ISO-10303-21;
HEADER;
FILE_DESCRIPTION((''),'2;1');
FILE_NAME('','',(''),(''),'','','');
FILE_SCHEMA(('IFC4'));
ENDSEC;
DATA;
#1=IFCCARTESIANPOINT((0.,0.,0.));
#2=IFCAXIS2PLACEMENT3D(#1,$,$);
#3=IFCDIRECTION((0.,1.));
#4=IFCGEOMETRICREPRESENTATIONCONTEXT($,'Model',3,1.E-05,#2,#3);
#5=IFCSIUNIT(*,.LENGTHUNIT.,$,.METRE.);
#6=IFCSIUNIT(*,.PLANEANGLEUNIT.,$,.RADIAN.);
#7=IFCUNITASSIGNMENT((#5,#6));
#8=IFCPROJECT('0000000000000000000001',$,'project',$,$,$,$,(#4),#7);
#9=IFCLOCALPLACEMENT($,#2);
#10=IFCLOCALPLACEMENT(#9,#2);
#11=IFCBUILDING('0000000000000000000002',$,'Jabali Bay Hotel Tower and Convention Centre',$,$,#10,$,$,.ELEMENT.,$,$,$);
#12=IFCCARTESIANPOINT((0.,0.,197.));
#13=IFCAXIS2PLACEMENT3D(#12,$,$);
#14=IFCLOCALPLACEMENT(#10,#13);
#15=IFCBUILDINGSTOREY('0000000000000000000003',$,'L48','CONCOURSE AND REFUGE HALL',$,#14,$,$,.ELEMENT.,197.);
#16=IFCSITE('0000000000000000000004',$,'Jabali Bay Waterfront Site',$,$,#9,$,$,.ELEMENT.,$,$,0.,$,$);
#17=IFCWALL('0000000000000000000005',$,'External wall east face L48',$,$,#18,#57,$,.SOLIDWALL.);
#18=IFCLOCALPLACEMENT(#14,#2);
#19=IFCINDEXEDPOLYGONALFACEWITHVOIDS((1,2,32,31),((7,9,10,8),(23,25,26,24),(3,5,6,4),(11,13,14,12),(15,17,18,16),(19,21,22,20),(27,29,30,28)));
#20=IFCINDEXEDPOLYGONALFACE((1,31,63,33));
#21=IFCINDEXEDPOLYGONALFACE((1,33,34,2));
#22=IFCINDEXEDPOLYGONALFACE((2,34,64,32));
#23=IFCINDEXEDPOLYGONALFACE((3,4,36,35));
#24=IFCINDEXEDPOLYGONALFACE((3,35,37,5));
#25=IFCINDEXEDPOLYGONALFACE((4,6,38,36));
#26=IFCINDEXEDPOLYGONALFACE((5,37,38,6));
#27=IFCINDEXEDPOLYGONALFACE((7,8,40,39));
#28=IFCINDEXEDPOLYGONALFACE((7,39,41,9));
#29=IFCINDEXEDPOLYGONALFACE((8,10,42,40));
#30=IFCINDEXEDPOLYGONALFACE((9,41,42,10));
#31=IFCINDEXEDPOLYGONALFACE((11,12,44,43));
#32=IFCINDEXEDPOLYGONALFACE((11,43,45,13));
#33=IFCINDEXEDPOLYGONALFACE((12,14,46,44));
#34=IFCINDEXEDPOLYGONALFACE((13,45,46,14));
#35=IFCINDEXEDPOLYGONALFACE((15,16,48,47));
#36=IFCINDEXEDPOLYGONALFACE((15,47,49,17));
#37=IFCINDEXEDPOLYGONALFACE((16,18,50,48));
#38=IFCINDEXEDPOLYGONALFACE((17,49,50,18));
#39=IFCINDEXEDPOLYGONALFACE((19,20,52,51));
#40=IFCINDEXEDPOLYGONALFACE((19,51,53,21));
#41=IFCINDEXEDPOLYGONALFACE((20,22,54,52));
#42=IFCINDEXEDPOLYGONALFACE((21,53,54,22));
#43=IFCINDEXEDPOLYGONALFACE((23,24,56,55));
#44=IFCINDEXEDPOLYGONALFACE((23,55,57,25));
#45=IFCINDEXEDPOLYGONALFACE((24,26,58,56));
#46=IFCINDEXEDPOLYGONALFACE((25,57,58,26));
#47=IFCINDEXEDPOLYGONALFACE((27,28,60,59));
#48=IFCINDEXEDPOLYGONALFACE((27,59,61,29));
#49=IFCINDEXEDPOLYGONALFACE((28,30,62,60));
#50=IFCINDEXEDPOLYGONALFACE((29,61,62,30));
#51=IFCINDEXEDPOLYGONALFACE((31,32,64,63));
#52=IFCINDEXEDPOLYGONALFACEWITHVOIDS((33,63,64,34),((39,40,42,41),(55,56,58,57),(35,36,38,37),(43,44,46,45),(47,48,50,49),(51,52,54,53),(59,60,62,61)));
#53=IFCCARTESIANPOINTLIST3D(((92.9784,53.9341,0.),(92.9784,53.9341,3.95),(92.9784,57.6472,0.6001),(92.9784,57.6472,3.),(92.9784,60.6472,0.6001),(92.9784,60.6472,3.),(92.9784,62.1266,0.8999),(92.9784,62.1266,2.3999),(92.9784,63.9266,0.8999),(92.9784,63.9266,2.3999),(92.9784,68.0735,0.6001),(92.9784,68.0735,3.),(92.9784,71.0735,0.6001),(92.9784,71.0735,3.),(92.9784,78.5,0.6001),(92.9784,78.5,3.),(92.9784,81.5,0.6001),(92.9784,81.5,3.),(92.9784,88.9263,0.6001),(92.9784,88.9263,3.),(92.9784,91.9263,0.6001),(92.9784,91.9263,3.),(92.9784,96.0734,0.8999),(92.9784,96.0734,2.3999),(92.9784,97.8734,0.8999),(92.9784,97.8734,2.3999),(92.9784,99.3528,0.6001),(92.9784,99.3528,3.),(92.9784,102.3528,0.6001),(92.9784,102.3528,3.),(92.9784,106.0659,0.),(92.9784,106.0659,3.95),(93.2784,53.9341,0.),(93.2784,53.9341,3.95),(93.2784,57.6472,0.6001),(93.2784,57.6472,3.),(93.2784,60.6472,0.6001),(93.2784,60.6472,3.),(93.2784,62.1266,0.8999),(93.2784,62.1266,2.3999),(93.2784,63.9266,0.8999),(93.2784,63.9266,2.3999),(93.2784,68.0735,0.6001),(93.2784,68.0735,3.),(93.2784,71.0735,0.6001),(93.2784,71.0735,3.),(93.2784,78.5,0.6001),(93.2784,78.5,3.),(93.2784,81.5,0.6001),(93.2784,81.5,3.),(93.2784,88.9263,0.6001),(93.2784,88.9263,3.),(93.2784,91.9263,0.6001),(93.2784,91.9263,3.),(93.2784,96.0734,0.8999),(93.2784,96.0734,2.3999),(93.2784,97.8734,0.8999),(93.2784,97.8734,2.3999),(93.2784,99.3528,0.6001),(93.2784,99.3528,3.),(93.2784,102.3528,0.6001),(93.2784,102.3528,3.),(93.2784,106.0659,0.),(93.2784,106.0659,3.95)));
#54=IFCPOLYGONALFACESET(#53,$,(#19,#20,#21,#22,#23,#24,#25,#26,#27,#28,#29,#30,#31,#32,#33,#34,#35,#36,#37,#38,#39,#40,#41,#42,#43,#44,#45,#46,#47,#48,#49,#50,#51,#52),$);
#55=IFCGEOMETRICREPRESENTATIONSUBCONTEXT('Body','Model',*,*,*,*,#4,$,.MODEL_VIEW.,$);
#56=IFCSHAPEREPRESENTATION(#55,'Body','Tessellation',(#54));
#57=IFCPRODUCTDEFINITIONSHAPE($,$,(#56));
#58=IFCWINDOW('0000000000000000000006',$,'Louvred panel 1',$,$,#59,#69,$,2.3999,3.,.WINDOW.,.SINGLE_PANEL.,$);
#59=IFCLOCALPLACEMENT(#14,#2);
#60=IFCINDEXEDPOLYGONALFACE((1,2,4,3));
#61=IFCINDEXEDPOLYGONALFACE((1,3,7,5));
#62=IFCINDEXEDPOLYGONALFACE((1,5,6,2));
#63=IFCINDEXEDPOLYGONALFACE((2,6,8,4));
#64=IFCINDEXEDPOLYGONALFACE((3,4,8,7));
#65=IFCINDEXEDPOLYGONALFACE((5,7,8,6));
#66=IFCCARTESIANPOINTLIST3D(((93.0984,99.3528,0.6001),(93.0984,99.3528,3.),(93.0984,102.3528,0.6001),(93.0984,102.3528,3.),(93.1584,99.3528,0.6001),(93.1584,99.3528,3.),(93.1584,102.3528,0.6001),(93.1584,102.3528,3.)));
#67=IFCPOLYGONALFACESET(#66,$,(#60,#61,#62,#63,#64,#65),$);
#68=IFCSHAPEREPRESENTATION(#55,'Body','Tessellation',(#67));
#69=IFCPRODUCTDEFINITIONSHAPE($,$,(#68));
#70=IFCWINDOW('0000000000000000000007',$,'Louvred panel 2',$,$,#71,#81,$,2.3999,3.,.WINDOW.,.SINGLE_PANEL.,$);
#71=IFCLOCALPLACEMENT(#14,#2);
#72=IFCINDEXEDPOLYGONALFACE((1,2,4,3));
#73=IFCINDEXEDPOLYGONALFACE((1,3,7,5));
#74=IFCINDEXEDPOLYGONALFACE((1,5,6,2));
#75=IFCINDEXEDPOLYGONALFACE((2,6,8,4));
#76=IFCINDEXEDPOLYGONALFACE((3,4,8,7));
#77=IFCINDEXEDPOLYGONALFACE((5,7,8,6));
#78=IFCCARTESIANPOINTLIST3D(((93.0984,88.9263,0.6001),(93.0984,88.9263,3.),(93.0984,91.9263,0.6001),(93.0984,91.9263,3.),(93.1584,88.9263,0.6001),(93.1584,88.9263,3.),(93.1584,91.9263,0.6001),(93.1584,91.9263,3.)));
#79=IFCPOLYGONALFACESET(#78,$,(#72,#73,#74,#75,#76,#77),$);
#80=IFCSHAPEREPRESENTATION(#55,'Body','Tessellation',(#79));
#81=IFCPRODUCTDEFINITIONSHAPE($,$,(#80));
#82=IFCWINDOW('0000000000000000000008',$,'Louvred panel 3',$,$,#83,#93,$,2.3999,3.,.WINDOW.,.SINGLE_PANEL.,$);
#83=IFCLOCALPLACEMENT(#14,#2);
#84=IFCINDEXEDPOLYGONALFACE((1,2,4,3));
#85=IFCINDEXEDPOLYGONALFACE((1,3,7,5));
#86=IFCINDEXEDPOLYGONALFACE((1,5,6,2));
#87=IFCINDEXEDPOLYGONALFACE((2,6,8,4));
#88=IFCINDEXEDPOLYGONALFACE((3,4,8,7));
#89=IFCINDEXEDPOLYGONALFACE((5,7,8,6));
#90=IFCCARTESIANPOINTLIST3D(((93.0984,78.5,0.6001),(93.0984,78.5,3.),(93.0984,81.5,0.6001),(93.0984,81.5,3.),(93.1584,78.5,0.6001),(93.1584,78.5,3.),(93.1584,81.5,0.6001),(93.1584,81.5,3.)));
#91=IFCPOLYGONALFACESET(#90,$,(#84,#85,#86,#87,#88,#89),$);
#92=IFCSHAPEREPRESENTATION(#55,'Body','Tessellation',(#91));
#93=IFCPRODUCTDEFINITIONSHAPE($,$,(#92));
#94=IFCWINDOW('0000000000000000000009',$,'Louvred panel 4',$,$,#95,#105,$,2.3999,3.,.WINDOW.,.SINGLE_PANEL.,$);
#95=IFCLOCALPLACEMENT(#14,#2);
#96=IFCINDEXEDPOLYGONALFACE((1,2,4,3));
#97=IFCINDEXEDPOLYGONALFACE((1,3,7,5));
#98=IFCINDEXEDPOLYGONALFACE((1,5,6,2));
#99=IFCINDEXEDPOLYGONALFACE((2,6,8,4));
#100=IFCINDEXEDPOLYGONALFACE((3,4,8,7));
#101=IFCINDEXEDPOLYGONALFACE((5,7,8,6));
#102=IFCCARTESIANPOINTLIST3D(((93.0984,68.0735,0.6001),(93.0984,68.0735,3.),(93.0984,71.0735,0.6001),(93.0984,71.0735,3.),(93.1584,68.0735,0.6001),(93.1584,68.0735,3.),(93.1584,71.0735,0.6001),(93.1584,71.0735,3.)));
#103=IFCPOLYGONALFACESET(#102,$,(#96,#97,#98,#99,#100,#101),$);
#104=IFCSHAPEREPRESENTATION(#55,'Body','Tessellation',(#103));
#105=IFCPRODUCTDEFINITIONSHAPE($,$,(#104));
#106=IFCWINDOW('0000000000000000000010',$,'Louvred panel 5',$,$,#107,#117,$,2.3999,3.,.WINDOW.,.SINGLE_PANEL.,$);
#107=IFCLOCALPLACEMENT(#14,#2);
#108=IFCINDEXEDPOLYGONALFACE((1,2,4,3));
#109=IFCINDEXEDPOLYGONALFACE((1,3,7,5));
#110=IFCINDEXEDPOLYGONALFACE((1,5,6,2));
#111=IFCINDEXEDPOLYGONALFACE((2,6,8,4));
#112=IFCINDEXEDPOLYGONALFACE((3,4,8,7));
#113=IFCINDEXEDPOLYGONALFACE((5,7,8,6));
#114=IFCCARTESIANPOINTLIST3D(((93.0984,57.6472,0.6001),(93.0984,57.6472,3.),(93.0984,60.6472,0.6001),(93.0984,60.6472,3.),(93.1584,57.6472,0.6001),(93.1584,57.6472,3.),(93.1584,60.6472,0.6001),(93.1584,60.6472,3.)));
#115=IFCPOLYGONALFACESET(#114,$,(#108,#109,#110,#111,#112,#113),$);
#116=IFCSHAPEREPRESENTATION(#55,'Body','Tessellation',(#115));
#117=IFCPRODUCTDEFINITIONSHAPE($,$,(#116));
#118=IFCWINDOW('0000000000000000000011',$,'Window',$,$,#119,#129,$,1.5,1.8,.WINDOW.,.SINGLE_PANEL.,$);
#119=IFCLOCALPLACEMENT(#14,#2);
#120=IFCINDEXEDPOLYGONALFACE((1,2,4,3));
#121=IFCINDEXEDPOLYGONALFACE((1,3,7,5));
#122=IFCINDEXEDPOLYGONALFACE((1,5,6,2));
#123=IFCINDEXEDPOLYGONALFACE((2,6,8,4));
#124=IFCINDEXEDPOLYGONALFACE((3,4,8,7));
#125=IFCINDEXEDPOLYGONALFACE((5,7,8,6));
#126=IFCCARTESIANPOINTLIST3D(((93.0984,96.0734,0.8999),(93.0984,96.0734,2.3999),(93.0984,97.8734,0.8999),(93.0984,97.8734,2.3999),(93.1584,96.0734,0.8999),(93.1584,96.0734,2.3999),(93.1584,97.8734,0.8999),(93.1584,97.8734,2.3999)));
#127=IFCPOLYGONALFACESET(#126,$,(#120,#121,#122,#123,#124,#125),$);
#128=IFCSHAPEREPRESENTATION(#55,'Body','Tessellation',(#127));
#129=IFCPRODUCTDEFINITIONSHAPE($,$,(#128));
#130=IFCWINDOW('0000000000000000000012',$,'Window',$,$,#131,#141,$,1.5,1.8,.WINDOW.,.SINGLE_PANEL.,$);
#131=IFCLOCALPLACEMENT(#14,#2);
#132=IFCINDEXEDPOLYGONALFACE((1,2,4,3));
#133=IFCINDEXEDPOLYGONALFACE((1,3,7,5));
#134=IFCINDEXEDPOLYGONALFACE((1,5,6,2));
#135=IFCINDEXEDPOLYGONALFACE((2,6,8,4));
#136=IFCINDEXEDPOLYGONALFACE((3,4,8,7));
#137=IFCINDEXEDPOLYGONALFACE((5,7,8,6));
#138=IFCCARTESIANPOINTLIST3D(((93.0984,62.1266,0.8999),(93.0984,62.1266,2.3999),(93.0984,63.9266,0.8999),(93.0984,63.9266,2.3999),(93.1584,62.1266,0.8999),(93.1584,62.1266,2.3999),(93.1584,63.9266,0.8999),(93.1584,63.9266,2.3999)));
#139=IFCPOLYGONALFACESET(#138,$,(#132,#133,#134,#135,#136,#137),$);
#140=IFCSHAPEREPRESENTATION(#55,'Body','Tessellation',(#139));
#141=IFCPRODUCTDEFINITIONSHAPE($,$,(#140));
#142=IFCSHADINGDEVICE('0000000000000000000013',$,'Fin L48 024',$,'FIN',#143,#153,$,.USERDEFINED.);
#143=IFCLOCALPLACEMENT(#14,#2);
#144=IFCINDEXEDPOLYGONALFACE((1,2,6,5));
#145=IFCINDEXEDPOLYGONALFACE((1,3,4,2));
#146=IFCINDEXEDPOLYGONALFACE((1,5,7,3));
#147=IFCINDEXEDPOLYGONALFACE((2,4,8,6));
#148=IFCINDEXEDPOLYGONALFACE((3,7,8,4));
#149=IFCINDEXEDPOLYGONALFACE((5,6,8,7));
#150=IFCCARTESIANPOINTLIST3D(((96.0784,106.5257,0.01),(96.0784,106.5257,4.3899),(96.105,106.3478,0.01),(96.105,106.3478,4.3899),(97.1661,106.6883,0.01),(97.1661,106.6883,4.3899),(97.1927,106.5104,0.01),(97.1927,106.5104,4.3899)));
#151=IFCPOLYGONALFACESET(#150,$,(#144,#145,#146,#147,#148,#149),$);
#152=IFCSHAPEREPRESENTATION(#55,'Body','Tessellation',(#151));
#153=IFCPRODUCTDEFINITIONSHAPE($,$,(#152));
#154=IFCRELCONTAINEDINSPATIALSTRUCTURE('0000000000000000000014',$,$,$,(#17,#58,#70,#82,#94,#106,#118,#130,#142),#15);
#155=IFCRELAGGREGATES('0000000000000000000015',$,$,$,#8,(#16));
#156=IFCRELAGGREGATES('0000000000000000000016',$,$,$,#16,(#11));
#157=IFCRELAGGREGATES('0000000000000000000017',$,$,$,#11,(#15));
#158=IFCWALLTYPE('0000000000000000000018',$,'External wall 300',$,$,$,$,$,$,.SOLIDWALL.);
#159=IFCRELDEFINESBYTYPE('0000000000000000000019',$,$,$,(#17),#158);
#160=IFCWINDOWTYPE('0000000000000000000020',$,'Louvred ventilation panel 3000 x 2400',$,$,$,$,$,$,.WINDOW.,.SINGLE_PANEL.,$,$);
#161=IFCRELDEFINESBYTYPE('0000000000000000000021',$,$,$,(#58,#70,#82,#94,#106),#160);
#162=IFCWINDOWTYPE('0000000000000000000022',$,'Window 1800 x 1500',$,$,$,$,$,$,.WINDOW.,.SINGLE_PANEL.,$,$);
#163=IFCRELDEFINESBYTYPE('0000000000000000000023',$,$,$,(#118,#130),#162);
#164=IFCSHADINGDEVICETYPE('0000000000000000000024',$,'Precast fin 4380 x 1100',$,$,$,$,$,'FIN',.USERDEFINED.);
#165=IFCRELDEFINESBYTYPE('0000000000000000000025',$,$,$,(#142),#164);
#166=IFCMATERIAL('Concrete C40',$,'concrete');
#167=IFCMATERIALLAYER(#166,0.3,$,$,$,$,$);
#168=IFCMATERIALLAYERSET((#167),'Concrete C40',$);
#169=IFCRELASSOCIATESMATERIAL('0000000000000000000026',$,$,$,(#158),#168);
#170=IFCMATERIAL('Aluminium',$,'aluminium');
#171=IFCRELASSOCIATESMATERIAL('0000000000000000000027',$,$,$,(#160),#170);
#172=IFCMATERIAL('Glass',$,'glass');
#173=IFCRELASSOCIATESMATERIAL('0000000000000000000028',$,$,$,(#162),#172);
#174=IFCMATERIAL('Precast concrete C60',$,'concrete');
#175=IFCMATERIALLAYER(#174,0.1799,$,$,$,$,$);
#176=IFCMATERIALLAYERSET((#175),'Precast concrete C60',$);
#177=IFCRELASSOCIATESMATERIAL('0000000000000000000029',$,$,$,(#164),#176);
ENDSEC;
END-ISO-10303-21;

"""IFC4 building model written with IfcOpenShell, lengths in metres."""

from ifc_helpers import new_model, si_unit, direction, frame, frame_2d, origin, place, context, subcontext, project, spatial, rectangle, extrude, material, layer, layer_set, type_object, element, fill, save


model = new_model("IFC4")

# Units and contexts
model_context = context("Model", 3, precision=1e-05, world=origin(), true_north=direction((0.0, 1.0)))
body_context = subcontext(model_context, "Body", "Model", "MODEL_VIEW")
ifc_project = project(units=[si_unit("LENGTHUNIT", "METRE"), si_unit("PLANEANGLEUNIT", "RADIAN")], contexts=[model_context])

# Site, building, storey
site_placement = place(None, origin())
site = spatial("IfcSite", under=ifc_project, at=site_placement, Name="Jabali Bay Waterfront Site", CompositionType="ELEMENT", RefElevation=0.0)
building_placement = place(site_placement, origin())
building = spatial("IfcBuilding", under=site, at=building_placement, Name="Jabali Bay Hotel Tower and Convention Centre", CompositionType="ELEMENT")
storey_placement = place(building_placement, frame((0.0, 0.0, 197.0)))
storey = spatial("IfcBuildingStorey", under=building, at=storey_placement, Name="L48", Description="CONCOURSE AND REFUGE HALL", CompositionType="ELEMENT", Elevation=197.0)

# Wall, openings, windows
ifc_material_1 = material(Name="Concrete C40", Category="concrete")
ifc_layer_1 = layer(ifc_material_1, 0.3)
ifc_layer_set_1 = layer_set([ifc_layer_1], Name="Concrete C40")
wall_type = type_object("IfcWallType", Name="External wall 300", PredefinedType="SOLIDWALL", material=ifc_layer_set_1)
wall_placement = place(storey_placement, frame((93.1284, 106.0659, 0.0), z_axis=(0.0, 0.0, 1.0), x_axis=(0.0, -1.0, 0.0)))
wall = element("IfcWall", 1, at=wall_placement, inside=storey, type_object=wall_type, Name="External wall east face L48", PredefinedType="SOLIDWALL", context=body_context, shape_type="SweptSolid", body=[
    extrude(rectangle(XDim=52.1318, YDim=0.3, at=frame_2d((26.0659, 0.0))), origin(), (0.0, 0.0, 1.0), 3.95),
])
opening_1_placement = place(wall_placement, frame((8.1926, 0.0, 0.8999)))
opening_1 = element("IfcOpeningElement", 2, at=opening_1_placement, cuts=wall, PredefinedType="OPENING", context=body_context, shape_type="SweptSolid", body=[
    extrude(rectangle(XDim=1.8, YDim=1.5, at=frame_2d((0.8999, 0.75))), frame((0.0, 0.1606, 0.0), z_axis=(0.0, -1.0, 0.0), x_axis=(1.0, 0.0, 0.0)), (0.0, 0.0, 1.0), 0.321),
])
opening_2_placement = place(wall_placement, frame((42.1394, 0.0, 0.8999)))
opening_2 = element("IfcOpeningElement", 3, at=opening_2_placement, cuts=wall, PredefinedType="OPENING", context=body_context, shape_type="SweptSolid", body=[
    extrude(rectangle(XDim=1.8, YDim=1.5, at=frame_2d((0.8999, 0.75))), frame((0.0, 0.1606, 0.0), z_axis=(0.0, -1.0, 0.0), x_axis=(1.0, 0.0, 0.0)), (0.0, 0.0, 1.0), 0.321),
])
opening_3_placement = place(wall_placement, frame((3.7131, 0.0, 0.6001)))
opening_3 = element("IfcOpeningElement", 4, at=opening_3_placement, cuts=wall, PredefinedType="OPENING", context=body_context, shape_type="SweptSolid", body=[
    extrude(rectangle(XDim=3.0, YDim=2.3999, at=frame_2d((1.5, 1.2))), frame((0.0, 0.1606, 0.0), z_axis=(0.0, -1.0, 0.0), x_axis=(1.0, 0.0, 0.0)), (0.0, 0.0, 1.0), 0.321),
])
opening_4_placement = place(wall_placement, frame((14.1396, 0.0, 0.6001)))
opening_4 = element("IfcOpeningElement", 5, at=opening_4_placement, cuts=wall, PredefinedType="OPENING", context=body_context, shape_type="SweptSolid", body=[
    extrude(rectangle(XDim=3.0, YDim=2.3999, at=frame_2d((1.5, 1.2))), frame((0.0, 0.1606, 0.0), z_axis=(0.0, -1.0, 0.0), x_axis=(1.0, 0.0, 0.0)), (0.0, 0.0, 1.0), 0.321),
])
opening_5_placement = place(wall_placement, frame((24.5659, 0.0, 0.6001)))
opening_5 = element("IfcOpeningElement", 6, at=opening_5_placement, cuts=wall, PredefinedType="OPENING", context=body_context, shape_type="SweptSolid", body=[
    extrude(rectangle(XDim=3.0, YDim=2.3999, at=frame_2d((1.5, 1.2))), frame((0.0, 0.1606, 0.0), z_axis=(0.0, -1.0, 0.0), x_axis=(1.0, 0.0, 0.0)), (0.0, 0.0, 1.0), 0.321),
])
opening_6_placement = place(wall_placement, frame((34.9924, 0.0, 0.6001)))
opening_6 = element("IfcOpeningElement", 7, at=opening_6_placement, cuts=wall, PredefinedType="OPENING", context=body_context, shape_type="SweptSolid", body=[
    extrude(rectangle(XDim=3.0, YDim=2.3999, at=frame_2d((1.5, 1.2))), frame((0.0, 0.1606, 0.0), z_axis=(0.0, -1.0, 0.0), x_axis=(1.0, 0.0, 0.0)), (0.0, 0.0, 1.0), 0.321),
])
opening_7_placement = place(wall_placement, frame((45.4187, 0.0, 0.6001)))
opening_7 = element("IfcOpeningElement", 8, at=opening_7_placement, cuts=wall, PredefinedType="OPENING", context=body_context, shape_type="SweptSolid", body=[
    extrude(rectangle(XDim=3.0, YDim=2.3999, at=frame_2d((1.5, 1.2))), frame((0.0, 0.1606, 0.0), z_axis=(0.0, -1.0, 0.0), x_axis=(1.0, 0.0, 0.0)), (0.0, 0.0, 1.0), 0.321),
])
ifc_material_2 = material(Name="Aluminium", Category="aluminium")
window_type_1 = type_object("IfcWindowType", Name="Louvred ventilation panel 3000 x 2400", PartitioningType="SINGLE_PANEL", PredefinedType="WINDOW", material=ifc_material_2)
window_1_placement = place(opening_3_placement, origin())
window_1 = element("IfcWindow", 9, at=window_1_placement, inside=storey, type_object=window_type_1, Name="Louvred panel 1", OverallHeight=2.3999, OverallWidth=3.0, PartitioningType="SINGLE_PANEL", PredefinedType="WINDOW", context=body_context, shape_type="SweptSolid", body=[
    extrude(rectangle(XDim=3.0, YDim=2.3999, at=frame_2d((1.5, 1.2))), frame((0.0, 0.03, 0.0), z_axis=(0.0, -1.0, 0.0), x_axis=(1.0, 0.0, 0.0)), (0.0, 0.0, 1.0), 0.0601),
])
fill(opening_3, window_1)
window_2_placement = place(opening_4_placement, origin())
window_2 = element("IfcWindow", 10, at=window_2_placement, inside=storey, type_object=window_type_1, Name="Louvred panel 2", OverallHeight=2.3999, OverallWidth=3.0, PartitioningType="SINGLE_PANEL", PredefinedType="WINDOW", context=body_context, shape_type="SweptSolid", body=[
    extrude(rectangle(XDim=3.0, YDim=2.3999, at=frame_2d((1.5, 1.2))), frame((0.0, 0.03, 0.0), z_axis=(0.0, -1.0, 0.0), x_axis=(1.0, 0.0, 0.0)), (0.0, 0.0, 1.0), 0.0601),
])
fill(opening_4, window_2)
window_3_placement = place(opening_5_placement, origin())
window_3 = element("IfcWindow", 11, at=window_3_placement, inside=storey, type_object=window_type_1, Name="Louvred panel 3", OverallHeight=2.3999, OverallWidth=3.0, PartitioningType="SINGLE_PANEL", PredefinedType="WINDOW", context=body_context, shape_type="SweptSolid", body=[
    extrude(rectangle(XDim=3.0, YDim=2.3999, at=frame_2d((1.5, 1.2))), frame((0.0, 0.03, 0.0), z_axis=(0.0, -1.0, 0.0), x_axis=(1.0, 0.0, 0.0)), (0.0, 0.0, 1.0), 0.0601),
])
fill(opening_5, window_3)
window_4_placement = place(opening_6_placement, origin())
window_4 = element("IfcWindow", 12, at=window_4_placement, inside=storey, type_object=window_type_1, Name="Louvred panel 4", OverallHeight=2.3999, OverallWidth=3.0, PartitioningType="SINGLE_PANEL", PredefinedType="WINDOW", context=body_context, shape_type="SweptSolid", body=[
    extrude(rectangle(XDim=3.0, YDim=2.3999, at=frame_2d((1.5, 1.2))), frame((0.0, 0.03, 0.0), z_axis=(0.0, -1.0, 0.0), x_axis=(1.0, 0.0, 0.0)), (0.0, 0.0, 1.0), 0.0601),
])
fill(opening_6, window_4)
window_5_placement = place(opening_7_placement, origin())
window_5 = element("IfcWindow", 13, at=window_5_placement, inside=storey, type_object=window_type_1, Name="Louvred panel 5", OverallHeight=2.3999, OverallWidth=3.0, PartitioningType="SINGLE_PANEL", PredefinedType="WINDOW", context=body_context, shape_type="SweptSolid", body=[
    extrude(rectangle(XDim=3.0, YDim=2.3999, at=frame_2d((1.5, 1.2))), frame((0.0, 0.03, 0.0), z_axis=(0.0, -1.0, 0.0), x_axis=(1.0, 0.0, 0.0)), (0.0, 0.0, 1.0), 0.0601),
])
fill(opening_7, window_5)
ifc_material_3 = material(Name="Glass", Category="glass")
window_type_2 = type_object("IfcWindowType", Name="Window 1800 x 1500", PartitioningType="SINGLE_PANEL", PredefinedType="WINDOW", material=ifc_material_3)
window_6_placement = place(opening_1_placement, origin())
window_6 = element("IfcWindow", 14, at=window_6_placement, inside=storey, type_object=window_type_2, Name="Window", OverallHeight=1.5, OverallWidth=1.8, PartitioningType="SINGLE_PANEL", PredefinedType="WINDOW", context=body_context, shape_type="SweptSolid", body=[
    extrude(rectangle(XDim=1.8, YDim=1.5, at=frame_2d((0.8999, 0.75))), frame((0.0, 0.03, 0.0), z_axis=(0.0, -1.0, 0.0), x_axis=(1.0, 0.0, 0.0)), (0.0, 0.0, 1.0), 0.0601),
])
fill(opening_1, window_6)
window_7_placement = place(opening_2_placement, origin())
window_7 = element("IfcWindow", 15, at=window_7_placement, inside=storey, type_object=window_type_2, Name="Window", OverallHeight=1.5, OverallWidth=1.8, PartitioningType="SINGLE_PANEL", PredefinedType="WINDOW", context=body_context, shape_type="SweptSolid", body=[
    extrude(rectangle(XDim=1.8, YDim=1.5, at=frame_2d((0.8999, 0.75))), frame((0.0, 0.03, 0.0), z_axis=(0.0, -1.0, 0.0), x_axis=(1.0, 0.0, 0.0)), (0.0, 0.0, 1.0), 0.0601),
])
fill(opening_2, window_7)

# Shading device
ifc_material_4 = material(Name="Precast concrete C60", Category="concrete")
ifc_layer_2 = layer(ifc_material_4, 0.1799)
ifc_layer_set_2 = layer_set([ifc_layer_2], Name="Precast concrete C60")
shading_device_type_1 = type_object("IfcShadingDeviceType", Name="Precast fin 4380 x 1100", ElementType="FIN", PredefinedType="USERDEFINED", material=ifc_layer_set_2)
shading_device_1_placement = place(storey_placement, frame((96.0918, 106.4368, 0.01), z_axis=(0.0, 0.0, 1.0), x_axis=(0.989014, 0.147819, 0.0)))
element("IfcShadingDevice", 16, at=shading_device_1_placement, inside=storey, type_object=shading_device_type_1, Name="Fin L48 024", ObjectType="FIN", PredefinedType="USERDEFINED", context=body_context, shape_type="SweptSolid", body=[
    extrude(rectangle(XDim=1.0999, YDim=0.1799, at=frame_2d((0.5498, 0.0))), origin(), (0.0, 0.0, 1.0), 4.3799),
])

save(model, "model.ifc")
